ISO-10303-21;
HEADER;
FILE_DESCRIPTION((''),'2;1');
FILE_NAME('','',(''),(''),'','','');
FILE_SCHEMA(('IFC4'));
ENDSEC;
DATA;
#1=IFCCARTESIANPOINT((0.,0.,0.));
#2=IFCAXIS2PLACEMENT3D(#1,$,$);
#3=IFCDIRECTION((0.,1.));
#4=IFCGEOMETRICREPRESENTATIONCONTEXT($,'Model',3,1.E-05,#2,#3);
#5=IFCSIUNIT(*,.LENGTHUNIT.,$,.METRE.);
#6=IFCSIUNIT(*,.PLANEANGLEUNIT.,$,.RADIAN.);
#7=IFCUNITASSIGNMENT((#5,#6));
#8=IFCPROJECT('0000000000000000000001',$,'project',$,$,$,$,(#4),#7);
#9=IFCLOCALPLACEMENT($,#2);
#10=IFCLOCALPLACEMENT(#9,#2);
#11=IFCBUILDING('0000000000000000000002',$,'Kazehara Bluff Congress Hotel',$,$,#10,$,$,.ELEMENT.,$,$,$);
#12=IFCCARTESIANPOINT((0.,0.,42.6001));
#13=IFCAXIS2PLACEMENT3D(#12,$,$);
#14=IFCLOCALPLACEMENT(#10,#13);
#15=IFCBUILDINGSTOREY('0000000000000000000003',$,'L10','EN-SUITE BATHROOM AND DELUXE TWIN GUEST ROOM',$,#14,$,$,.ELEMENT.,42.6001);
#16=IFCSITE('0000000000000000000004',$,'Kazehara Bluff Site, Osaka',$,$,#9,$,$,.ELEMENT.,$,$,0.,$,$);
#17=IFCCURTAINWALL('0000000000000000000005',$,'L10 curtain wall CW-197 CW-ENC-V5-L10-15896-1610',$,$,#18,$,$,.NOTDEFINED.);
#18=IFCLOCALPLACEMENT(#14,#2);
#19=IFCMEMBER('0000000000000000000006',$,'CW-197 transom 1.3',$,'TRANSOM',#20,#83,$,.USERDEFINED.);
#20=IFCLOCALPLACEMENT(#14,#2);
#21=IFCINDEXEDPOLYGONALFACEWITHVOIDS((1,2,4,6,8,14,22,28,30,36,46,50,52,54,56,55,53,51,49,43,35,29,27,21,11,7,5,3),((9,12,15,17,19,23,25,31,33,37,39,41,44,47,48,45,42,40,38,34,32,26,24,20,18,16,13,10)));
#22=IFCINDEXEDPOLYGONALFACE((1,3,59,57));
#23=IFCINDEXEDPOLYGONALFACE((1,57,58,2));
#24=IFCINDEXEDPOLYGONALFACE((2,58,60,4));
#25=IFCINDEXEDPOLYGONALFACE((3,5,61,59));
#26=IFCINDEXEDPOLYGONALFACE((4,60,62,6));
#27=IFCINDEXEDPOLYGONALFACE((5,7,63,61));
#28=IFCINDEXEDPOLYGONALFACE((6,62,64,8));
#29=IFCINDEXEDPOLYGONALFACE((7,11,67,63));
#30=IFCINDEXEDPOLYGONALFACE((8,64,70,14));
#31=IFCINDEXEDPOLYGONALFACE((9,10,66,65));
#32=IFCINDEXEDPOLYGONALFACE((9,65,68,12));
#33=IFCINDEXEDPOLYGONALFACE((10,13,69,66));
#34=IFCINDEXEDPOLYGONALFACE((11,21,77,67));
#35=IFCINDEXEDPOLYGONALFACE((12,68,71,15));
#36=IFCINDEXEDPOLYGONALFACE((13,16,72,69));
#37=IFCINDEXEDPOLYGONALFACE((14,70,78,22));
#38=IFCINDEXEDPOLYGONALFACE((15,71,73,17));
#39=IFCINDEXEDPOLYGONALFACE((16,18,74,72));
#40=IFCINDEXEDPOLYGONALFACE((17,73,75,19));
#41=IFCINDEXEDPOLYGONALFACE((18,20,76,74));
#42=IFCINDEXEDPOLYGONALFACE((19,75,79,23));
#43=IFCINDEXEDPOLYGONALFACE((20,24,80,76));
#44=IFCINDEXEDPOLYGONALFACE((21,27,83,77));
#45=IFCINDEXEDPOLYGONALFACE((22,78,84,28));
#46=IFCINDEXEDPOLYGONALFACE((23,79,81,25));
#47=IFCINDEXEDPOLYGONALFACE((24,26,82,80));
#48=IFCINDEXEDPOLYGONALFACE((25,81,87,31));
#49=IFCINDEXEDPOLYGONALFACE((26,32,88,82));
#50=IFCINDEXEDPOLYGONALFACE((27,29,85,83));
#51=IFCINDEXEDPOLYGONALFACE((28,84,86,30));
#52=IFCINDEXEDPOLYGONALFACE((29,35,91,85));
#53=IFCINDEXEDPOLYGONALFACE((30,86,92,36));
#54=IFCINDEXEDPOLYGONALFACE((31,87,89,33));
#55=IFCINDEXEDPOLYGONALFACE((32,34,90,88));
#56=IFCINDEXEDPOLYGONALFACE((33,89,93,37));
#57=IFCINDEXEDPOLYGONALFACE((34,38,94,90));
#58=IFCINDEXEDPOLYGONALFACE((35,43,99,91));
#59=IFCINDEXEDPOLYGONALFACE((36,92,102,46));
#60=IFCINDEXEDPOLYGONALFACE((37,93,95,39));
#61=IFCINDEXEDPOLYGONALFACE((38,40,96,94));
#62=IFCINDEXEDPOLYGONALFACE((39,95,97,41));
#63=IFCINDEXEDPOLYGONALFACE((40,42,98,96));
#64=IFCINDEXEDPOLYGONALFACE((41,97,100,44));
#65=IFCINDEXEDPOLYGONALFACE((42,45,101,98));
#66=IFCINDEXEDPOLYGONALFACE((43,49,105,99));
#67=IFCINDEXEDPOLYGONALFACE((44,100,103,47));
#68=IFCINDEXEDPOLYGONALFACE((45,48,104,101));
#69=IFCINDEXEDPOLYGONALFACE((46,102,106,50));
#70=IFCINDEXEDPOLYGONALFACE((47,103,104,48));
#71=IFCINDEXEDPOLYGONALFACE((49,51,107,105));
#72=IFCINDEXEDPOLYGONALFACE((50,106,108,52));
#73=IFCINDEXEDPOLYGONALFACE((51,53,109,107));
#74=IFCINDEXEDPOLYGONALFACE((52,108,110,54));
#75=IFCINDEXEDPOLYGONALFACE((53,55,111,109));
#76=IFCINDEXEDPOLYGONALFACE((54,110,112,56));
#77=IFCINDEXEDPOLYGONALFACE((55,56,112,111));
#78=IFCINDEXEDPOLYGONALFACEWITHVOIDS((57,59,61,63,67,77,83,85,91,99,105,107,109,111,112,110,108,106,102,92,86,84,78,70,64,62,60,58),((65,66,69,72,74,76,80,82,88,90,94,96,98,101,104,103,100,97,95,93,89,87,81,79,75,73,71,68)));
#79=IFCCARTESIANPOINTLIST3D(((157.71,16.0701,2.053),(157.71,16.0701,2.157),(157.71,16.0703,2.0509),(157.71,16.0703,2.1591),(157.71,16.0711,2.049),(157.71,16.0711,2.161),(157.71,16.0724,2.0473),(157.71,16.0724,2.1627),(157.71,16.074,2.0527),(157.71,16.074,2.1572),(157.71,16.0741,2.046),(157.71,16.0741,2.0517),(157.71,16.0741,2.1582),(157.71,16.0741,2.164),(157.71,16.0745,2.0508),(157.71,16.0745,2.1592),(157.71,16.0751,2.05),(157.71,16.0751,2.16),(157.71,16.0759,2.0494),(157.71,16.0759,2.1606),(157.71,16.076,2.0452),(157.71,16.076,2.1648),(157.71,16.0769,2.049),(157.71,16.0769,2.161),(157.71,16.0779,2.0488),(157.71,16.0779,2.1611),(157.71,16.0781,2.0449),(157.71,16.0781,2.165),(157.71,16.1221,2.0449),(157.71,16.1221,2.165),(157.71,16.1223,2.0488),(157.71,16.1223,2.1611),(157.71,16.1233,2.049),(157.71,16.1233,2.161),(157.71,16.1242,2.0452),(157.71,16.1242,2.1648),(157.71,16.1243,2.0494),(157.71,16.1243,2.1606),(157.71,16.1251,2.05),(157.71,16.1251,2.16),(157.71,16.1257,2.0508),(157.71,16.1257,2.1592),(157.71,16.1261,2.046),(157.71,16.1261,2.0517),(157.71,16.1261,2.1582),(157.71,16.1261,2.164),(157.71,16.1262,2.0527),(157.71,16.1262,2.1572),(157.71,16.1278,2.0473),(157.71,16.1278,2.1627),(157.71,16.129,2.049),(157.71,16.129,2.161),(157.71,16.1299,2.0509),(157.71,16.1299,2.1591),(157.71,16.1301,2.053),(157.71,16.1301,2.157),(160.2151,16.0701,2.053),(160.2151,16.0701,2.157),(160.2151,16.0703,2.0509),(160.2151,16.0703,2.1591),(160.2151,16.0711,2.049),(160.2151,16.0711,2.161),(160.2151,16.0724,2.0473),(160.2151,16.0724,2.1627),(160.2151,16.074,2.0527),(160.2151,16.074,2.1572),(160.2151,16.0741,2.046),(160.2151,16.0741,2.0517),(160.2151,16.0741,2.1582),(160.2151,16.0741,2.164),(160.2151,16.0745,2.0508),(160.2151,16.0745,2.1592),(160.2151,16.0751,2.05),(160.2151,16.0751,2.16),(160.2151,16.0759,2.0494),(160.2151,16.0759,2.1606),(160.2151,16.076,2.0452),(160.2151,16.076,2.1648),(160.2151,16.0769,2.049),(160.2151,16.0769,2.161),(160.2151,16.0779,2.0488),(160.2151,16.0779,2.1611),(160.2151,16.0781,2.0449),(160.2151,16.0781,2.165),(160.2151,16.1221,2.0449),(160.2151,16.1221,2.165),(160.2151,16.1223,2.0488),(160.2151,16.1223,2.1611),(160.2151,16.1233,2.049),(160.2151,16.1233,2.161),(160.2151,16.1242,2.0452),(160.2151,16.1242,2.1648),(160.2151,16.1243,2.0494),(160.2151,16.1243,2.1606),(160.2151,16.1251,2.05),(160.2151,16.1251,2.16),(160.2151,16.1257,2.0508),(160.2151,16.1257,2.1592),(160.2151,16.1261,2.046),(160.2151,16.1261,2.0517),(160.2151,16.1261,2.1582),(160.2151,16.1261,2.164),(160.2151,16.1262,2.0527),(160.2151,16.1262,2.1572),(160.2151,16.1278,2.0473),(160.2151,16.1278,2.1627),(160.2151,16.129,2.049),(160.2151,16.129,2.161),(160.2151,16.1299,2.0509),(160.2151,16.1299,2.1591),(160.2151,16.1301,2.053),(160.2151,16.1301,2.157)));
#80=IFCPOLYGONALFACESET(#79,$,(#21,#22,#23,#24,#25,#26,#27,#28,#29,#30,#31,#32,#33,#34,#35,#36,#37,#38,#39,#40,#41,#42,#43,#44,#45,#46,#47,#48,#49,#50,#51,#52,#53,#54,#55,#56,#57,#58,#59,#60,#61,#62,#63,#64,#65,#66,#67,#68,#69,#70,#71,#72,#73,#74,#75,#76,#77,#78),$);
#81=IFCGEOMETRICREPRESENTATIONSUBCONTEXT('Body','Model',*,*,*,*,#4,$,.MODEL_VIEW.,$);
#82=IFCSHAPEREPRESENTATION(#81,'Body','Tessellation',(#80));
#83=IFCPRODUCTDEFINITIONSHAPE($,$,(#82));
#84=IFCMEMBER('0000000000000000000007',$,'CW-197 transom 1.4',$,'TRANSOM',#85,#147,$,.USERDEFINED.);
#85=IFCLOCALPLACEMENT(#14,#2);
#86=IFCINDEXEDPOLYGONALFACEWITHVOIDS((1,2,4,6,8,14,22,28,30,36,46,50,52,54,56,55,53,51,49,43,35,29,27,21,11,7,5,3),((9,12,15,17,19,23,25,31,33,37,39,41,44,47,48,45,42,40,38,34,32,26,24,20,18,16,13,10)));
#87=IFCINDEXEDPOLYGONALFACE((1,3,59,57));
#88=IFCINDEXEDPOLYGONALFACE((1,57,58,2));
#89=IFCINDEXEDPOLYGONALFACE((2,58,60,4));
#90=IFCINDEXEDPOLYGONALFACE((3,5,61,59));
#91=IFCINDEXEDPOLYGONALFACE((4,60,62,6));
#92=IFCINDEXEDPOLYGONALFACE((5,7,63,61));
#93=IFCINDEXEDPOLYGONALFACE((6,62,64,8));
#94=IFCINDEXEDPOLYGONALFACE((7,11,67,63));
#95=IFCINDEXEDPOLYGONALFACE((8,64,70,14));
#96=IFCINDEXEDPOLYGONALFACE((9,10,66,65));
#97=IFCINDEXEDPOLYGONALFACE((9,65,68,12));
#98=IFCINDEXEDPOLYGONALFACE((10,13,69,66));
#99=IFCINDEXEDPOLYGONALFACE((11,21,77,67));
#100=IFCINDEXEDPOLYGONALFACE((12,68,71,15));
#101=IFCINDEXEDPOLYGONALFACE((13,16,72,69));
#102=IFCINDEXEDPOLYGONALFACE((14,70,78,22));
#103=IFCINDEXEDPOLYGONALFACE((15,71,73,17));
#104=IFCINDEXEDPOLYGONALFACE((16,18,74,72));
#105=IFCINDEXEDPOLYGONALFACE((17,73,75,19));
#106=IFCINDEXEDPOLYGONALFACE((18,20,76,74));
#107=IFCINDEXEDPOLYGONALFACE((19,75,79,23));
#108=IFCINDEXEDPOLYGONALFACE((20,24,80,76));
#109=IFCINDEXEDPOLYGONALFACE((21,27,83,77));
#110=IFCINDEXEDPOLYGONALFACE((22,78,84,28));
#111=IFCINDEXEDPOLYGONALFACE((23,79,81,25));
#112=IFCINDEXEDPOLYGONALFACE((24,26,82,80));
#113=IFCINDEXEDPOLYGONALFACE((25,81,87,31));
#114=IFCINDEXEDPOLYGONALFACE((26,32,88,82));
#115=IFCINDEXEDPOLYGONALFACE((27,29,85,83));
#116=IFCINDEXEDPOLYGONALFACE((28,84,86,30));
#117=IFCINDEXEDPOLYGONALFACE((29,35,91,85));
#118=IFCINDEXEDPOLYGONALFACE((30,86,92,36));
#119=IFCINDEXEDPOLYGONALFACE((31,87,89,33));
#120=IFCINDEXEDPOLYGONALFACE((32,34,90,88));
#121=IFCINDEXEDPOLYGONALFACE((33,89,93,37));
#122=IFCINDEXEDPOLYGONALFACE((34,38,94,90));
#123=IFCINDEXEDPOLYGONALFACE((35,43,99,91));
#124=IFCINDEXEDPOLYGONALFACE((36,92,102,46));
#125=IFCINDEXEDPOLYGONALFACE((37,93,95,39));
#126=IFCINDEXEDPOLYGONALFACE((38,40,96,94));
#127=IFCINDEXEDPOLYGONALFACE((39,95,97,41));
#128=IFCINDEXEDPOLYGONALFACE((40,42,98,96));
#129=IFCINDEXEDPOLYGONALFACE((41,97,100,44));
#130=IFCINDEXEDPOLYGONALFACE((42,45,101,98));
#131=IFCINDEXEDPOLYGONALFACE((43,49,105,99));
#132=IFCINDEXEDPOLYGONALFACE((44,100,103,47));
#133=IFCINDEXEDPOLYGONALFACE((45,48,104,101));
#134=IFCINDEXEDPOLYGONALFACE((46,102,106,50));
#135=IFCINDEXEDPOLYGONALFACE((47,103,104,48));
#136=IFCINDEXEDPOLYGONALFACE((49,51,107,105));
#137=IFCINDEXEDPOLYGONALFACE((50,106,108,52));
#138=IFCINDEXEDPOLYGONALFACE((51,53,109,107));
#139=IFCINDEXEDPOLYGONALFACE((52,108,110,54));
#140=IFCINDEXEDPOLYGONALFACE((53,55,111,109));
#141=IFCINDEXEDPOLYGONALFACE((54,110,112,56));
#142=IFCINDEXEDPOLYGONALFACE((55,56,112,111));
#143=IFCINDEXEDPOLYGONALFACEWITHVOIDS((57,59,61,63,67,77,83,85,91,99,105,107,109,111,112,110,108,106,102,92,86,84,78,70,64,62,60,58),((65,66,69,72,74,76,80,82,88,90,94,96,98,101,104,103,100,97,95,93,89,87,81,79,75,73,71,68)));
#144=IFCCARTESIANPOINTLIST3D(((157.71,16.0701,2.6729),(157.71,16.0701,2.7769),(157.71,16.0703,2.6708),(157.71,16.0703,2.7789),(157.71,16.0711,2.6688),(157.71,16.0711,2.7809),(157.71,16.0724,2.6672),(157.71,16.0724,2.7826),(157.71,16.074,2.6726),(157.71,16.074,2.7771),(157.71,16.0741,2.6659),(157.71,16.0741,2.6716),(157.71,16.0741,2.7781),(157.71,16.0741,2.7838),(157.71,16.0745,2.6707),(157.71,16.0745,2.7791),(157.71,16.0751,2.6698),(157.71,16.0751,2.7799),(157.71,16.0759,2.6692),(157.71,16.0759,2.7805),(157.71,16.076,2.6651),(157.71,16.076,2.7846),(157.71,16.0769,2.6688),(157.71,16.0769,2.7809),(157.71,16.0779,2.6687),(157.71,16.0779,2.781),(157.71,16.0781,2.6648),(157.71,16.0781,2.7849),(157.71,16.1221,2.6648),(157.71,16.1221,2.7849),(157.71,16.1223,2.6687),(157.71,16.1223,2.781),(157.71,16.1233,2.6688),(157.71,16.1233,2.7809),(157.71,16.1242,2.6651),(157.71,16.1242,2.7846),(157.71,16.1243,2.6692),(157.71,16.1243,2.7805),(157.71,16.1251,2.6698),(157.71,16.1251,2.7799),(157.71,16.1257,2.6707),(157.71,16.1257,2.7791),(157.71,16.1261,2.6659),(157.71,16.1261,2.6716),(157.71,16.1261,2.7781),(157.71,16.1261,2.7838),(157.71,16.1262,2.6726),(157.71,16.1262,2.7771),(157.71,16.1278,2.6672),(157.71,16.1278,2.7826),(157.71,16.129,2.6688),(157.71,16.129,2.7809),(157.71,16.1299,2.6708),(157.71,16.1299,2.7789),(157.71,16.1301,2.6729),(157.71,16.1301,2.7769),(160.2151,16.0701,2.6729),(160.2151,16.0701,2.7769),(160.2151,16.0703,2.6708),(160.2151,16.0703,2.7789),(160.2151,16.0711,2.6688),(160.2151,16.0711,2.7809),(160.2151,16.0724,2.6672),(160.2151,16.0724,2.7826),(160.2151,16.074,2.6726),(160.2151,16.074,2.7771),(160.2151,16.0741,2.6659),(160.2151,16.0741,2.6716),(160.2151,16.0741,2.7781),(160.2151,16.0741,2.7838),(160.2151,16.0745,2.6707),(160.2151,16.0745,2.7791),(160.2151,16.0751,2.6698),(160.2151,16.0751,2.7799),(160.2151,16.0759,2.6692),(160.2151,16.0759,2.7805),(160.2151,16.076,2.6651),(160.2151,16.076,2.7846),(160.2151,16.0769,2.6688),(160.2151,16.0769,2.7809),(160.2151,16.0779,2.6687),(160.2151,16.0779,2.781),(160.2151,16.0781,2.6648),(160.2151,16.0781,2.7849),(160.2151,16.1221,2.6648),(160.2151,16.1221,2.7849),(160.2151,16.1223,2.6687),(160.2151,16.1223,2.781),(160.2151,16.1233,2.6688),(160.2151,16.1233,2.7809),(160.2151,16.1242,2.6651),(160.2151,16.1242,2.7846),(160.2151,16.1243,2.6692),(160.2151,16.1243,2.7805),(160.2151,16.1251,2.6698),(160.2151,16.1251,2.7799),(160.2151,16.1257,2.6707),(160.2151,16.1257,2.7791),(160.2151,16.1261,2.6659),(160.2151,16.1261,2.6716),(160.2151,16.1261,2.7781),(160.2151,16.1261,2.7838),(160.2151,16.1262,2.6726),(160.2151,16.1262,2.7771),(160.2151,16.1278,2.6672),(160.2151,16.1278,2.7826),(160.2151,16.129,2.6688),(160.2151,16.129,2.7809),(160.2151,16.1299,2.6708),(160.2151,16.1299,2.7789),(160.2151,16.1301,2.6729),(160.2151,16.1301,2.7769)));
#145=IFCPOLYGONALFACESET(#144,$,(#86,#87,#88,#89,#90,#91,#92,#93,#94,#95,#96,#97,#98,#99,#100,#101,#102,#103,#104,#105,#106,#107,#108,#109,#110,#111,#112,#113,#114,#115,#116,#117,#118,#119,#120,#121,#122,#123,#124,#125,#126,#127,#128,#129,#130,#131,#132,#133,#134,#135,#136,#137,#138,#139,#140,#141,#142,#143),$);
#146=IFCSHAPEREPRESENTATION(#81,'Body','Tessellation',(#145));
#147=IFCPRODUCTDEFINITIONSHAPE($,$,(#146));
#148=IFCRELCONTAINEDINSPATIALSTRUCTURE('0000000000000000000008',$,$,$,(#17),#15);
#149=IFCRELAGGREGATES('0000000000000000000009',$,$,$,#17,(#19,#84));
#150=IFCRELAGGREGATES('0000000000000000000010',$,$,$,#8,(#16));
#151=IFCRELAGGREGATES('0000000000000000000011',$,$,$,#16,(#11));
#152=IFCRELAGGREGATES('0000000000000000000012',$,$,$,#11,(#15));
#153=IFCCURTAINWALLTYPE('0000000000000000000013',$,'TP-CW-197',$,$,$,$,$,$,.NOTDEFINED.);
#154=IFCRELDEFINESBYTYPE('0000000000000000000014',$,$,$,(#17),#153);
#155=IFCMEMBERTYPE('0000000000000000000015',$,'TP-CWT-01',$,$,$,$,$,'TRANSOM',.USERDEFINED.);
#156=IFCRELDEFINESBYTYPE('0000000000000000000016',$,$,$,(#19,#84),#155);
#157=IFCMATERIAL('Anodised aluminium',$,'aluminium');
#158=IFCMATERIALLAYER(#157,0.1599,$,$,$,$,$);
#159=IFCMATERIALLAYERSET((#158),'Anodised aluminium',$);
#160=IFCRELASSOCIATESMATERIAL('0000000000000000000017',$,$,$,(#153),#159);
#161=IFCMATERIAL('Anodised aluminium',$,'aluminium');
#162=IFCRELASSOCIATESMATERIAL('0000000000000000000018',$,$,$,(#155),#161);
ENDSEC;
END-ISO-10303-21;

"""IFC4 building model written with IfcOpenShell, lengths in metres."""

from ifc_helpers import new_model, si_unit, direction, frame, origin, origin_2d, place, context, subcontext, project, spatial, hollow_rectangle, extrude, material, layer, layer_set, material_profile, profile_set, type_object, element, aggregate, save


model = new_model("IFC4")

# Units and contexts
model_context = context("Model", 3, precision=1e-05, world=origin(), true_north=direction((0.0, 1.0)))
body_context = subcontext(model_context, "Body", "Model", "MODEL_VIEW")
ifc_project = project(units=[si_unit("LENGTHUNIT", "METRE"), si_unit("PLANEANGLEUNIT", "RADIAN")], contexts=[model_context])

# Site, building, storey
site_placement = place(None, origin())
site = spatial("IfcSite", under=ifc_project, at=site_placement, Name="Kazehara Bluff Site, Osaka", CompositionType="ELEMENT", RefElevation=0.0)
building_placement = place(site_placement, origin())
building = spatial("IfcBuilding", under=site, at=building_placement, Name="Kazehara Bluff Congress Hotel", CompositionType="ELEMENT")
storey_placement = place(building_placement, frame((0.0, 0.0, 42.6001)))
storey = spatial("IfcBuildingStorey", under=building, at=storey_placement, Name="L10", Description="EN-SUITE BATHROOM AND DELUXE TWIN GUEST ROOM", CompositionType="ELEMENT", Elevation=42.6001)

# Curtain wall
ifc_material_1 = material(Name="Anodised aluminium", Category="aluminium")
ifc_layer_1 = layer(ifc_material_1, 0.1599)
ifc_layer_set_1 = layer_set([ifc_layer_1], Name="Anodised aluminium")
curtain_wall_type_1 = type_object("IfcCurtainWallType", Name="TP-CW-197", PredefinedType="NOTDEFINED", material=ifc_layer_set_1)
curtain_wall_1_placement = place(storey_placement, origin())
curtain_wall_1 = element("IfcCurtainWall", 1, at=curtain_wall_1_placement, inside=storey, type_object=curtain_wall_type_1, Name="L10 curtain wall CW-197 CW-ENC-V5-L10-15896-1610", PredefinedType="NOTDEFINED")

# Members
ifc_material_2 = material(Name="Anodised aluminium", Category="aluminium")
ifc_material_profile_1 = material_profile(ifc_material_2, hollow_rectangle(XDim=0.0601, YDim=0.1201, WallThickness=0.0039, InnerFilletRadius=0.0039, OuterFilletRadius=0.0081, at=origin_2d()))
ifc_profile_set_1 = profile_set([ifc_material_profile_1], Name="Anodised aluminium")
member_type_1 = type_object("IfcMemberType", Name="TP-CWT-01", ElementType="TRANSOM", PredefinedType="USERDEFINED", material=ifc_profile_set_1)
member_1_placement = place(storey_placement, frame((160.2151, 16.1001, 2.105), z_axis=(-1.0, 0.0, 0.0), x_axis=(0.0, -1.0, 0.0)))
member_1 = element("IfcMember", 2, at=member_1_placement, type_object=member_type_1, Name="CW-197 transom 1.3", ObjectType="TRANSOM", PredefinedType="USERDEFINED", context=body_context, shape_type="SweptSolid", body=[
    extrude(hollow_rectangle(XDim=0.0601, YDim=0.1201, WallThickness=0.0039, InnerFilletRadius=0.0039, OuterFilletRadius=0.0081, at=origin_2d()), origin(), (0.0, 0.0, 1.0), 2.5051),
])
member_2_placement = place(storey_placement, frame((160.2151, 16.1001, 2.7249), z_axis=(-1.0, 0.0, 0.0), x_axis=(0.0, -1.0, 0.0)))
member_2 = element("IfcMember", 3, at=member_2_placement, type_object=member_type_1, Name="CW-197 transom 1.4", ObjectType="TRANSOM", PredefinedType="USERDEFINED", context=body_context, shape_type="SweptSolid", body=[
    extrude(hollow_rectangle(XDim=0.0601, YDim=0.1201, WallThickness=0.0039, InnerFilletRadius=0.0039, OuterFilletRadius=0.0081, at=origin_2d()), origin(), (0.0, 0.0, 1.0), 2.5051),
])

aggregate(curtain_wall_1, [member_1, member_2])

save(model, "model.ifc")
